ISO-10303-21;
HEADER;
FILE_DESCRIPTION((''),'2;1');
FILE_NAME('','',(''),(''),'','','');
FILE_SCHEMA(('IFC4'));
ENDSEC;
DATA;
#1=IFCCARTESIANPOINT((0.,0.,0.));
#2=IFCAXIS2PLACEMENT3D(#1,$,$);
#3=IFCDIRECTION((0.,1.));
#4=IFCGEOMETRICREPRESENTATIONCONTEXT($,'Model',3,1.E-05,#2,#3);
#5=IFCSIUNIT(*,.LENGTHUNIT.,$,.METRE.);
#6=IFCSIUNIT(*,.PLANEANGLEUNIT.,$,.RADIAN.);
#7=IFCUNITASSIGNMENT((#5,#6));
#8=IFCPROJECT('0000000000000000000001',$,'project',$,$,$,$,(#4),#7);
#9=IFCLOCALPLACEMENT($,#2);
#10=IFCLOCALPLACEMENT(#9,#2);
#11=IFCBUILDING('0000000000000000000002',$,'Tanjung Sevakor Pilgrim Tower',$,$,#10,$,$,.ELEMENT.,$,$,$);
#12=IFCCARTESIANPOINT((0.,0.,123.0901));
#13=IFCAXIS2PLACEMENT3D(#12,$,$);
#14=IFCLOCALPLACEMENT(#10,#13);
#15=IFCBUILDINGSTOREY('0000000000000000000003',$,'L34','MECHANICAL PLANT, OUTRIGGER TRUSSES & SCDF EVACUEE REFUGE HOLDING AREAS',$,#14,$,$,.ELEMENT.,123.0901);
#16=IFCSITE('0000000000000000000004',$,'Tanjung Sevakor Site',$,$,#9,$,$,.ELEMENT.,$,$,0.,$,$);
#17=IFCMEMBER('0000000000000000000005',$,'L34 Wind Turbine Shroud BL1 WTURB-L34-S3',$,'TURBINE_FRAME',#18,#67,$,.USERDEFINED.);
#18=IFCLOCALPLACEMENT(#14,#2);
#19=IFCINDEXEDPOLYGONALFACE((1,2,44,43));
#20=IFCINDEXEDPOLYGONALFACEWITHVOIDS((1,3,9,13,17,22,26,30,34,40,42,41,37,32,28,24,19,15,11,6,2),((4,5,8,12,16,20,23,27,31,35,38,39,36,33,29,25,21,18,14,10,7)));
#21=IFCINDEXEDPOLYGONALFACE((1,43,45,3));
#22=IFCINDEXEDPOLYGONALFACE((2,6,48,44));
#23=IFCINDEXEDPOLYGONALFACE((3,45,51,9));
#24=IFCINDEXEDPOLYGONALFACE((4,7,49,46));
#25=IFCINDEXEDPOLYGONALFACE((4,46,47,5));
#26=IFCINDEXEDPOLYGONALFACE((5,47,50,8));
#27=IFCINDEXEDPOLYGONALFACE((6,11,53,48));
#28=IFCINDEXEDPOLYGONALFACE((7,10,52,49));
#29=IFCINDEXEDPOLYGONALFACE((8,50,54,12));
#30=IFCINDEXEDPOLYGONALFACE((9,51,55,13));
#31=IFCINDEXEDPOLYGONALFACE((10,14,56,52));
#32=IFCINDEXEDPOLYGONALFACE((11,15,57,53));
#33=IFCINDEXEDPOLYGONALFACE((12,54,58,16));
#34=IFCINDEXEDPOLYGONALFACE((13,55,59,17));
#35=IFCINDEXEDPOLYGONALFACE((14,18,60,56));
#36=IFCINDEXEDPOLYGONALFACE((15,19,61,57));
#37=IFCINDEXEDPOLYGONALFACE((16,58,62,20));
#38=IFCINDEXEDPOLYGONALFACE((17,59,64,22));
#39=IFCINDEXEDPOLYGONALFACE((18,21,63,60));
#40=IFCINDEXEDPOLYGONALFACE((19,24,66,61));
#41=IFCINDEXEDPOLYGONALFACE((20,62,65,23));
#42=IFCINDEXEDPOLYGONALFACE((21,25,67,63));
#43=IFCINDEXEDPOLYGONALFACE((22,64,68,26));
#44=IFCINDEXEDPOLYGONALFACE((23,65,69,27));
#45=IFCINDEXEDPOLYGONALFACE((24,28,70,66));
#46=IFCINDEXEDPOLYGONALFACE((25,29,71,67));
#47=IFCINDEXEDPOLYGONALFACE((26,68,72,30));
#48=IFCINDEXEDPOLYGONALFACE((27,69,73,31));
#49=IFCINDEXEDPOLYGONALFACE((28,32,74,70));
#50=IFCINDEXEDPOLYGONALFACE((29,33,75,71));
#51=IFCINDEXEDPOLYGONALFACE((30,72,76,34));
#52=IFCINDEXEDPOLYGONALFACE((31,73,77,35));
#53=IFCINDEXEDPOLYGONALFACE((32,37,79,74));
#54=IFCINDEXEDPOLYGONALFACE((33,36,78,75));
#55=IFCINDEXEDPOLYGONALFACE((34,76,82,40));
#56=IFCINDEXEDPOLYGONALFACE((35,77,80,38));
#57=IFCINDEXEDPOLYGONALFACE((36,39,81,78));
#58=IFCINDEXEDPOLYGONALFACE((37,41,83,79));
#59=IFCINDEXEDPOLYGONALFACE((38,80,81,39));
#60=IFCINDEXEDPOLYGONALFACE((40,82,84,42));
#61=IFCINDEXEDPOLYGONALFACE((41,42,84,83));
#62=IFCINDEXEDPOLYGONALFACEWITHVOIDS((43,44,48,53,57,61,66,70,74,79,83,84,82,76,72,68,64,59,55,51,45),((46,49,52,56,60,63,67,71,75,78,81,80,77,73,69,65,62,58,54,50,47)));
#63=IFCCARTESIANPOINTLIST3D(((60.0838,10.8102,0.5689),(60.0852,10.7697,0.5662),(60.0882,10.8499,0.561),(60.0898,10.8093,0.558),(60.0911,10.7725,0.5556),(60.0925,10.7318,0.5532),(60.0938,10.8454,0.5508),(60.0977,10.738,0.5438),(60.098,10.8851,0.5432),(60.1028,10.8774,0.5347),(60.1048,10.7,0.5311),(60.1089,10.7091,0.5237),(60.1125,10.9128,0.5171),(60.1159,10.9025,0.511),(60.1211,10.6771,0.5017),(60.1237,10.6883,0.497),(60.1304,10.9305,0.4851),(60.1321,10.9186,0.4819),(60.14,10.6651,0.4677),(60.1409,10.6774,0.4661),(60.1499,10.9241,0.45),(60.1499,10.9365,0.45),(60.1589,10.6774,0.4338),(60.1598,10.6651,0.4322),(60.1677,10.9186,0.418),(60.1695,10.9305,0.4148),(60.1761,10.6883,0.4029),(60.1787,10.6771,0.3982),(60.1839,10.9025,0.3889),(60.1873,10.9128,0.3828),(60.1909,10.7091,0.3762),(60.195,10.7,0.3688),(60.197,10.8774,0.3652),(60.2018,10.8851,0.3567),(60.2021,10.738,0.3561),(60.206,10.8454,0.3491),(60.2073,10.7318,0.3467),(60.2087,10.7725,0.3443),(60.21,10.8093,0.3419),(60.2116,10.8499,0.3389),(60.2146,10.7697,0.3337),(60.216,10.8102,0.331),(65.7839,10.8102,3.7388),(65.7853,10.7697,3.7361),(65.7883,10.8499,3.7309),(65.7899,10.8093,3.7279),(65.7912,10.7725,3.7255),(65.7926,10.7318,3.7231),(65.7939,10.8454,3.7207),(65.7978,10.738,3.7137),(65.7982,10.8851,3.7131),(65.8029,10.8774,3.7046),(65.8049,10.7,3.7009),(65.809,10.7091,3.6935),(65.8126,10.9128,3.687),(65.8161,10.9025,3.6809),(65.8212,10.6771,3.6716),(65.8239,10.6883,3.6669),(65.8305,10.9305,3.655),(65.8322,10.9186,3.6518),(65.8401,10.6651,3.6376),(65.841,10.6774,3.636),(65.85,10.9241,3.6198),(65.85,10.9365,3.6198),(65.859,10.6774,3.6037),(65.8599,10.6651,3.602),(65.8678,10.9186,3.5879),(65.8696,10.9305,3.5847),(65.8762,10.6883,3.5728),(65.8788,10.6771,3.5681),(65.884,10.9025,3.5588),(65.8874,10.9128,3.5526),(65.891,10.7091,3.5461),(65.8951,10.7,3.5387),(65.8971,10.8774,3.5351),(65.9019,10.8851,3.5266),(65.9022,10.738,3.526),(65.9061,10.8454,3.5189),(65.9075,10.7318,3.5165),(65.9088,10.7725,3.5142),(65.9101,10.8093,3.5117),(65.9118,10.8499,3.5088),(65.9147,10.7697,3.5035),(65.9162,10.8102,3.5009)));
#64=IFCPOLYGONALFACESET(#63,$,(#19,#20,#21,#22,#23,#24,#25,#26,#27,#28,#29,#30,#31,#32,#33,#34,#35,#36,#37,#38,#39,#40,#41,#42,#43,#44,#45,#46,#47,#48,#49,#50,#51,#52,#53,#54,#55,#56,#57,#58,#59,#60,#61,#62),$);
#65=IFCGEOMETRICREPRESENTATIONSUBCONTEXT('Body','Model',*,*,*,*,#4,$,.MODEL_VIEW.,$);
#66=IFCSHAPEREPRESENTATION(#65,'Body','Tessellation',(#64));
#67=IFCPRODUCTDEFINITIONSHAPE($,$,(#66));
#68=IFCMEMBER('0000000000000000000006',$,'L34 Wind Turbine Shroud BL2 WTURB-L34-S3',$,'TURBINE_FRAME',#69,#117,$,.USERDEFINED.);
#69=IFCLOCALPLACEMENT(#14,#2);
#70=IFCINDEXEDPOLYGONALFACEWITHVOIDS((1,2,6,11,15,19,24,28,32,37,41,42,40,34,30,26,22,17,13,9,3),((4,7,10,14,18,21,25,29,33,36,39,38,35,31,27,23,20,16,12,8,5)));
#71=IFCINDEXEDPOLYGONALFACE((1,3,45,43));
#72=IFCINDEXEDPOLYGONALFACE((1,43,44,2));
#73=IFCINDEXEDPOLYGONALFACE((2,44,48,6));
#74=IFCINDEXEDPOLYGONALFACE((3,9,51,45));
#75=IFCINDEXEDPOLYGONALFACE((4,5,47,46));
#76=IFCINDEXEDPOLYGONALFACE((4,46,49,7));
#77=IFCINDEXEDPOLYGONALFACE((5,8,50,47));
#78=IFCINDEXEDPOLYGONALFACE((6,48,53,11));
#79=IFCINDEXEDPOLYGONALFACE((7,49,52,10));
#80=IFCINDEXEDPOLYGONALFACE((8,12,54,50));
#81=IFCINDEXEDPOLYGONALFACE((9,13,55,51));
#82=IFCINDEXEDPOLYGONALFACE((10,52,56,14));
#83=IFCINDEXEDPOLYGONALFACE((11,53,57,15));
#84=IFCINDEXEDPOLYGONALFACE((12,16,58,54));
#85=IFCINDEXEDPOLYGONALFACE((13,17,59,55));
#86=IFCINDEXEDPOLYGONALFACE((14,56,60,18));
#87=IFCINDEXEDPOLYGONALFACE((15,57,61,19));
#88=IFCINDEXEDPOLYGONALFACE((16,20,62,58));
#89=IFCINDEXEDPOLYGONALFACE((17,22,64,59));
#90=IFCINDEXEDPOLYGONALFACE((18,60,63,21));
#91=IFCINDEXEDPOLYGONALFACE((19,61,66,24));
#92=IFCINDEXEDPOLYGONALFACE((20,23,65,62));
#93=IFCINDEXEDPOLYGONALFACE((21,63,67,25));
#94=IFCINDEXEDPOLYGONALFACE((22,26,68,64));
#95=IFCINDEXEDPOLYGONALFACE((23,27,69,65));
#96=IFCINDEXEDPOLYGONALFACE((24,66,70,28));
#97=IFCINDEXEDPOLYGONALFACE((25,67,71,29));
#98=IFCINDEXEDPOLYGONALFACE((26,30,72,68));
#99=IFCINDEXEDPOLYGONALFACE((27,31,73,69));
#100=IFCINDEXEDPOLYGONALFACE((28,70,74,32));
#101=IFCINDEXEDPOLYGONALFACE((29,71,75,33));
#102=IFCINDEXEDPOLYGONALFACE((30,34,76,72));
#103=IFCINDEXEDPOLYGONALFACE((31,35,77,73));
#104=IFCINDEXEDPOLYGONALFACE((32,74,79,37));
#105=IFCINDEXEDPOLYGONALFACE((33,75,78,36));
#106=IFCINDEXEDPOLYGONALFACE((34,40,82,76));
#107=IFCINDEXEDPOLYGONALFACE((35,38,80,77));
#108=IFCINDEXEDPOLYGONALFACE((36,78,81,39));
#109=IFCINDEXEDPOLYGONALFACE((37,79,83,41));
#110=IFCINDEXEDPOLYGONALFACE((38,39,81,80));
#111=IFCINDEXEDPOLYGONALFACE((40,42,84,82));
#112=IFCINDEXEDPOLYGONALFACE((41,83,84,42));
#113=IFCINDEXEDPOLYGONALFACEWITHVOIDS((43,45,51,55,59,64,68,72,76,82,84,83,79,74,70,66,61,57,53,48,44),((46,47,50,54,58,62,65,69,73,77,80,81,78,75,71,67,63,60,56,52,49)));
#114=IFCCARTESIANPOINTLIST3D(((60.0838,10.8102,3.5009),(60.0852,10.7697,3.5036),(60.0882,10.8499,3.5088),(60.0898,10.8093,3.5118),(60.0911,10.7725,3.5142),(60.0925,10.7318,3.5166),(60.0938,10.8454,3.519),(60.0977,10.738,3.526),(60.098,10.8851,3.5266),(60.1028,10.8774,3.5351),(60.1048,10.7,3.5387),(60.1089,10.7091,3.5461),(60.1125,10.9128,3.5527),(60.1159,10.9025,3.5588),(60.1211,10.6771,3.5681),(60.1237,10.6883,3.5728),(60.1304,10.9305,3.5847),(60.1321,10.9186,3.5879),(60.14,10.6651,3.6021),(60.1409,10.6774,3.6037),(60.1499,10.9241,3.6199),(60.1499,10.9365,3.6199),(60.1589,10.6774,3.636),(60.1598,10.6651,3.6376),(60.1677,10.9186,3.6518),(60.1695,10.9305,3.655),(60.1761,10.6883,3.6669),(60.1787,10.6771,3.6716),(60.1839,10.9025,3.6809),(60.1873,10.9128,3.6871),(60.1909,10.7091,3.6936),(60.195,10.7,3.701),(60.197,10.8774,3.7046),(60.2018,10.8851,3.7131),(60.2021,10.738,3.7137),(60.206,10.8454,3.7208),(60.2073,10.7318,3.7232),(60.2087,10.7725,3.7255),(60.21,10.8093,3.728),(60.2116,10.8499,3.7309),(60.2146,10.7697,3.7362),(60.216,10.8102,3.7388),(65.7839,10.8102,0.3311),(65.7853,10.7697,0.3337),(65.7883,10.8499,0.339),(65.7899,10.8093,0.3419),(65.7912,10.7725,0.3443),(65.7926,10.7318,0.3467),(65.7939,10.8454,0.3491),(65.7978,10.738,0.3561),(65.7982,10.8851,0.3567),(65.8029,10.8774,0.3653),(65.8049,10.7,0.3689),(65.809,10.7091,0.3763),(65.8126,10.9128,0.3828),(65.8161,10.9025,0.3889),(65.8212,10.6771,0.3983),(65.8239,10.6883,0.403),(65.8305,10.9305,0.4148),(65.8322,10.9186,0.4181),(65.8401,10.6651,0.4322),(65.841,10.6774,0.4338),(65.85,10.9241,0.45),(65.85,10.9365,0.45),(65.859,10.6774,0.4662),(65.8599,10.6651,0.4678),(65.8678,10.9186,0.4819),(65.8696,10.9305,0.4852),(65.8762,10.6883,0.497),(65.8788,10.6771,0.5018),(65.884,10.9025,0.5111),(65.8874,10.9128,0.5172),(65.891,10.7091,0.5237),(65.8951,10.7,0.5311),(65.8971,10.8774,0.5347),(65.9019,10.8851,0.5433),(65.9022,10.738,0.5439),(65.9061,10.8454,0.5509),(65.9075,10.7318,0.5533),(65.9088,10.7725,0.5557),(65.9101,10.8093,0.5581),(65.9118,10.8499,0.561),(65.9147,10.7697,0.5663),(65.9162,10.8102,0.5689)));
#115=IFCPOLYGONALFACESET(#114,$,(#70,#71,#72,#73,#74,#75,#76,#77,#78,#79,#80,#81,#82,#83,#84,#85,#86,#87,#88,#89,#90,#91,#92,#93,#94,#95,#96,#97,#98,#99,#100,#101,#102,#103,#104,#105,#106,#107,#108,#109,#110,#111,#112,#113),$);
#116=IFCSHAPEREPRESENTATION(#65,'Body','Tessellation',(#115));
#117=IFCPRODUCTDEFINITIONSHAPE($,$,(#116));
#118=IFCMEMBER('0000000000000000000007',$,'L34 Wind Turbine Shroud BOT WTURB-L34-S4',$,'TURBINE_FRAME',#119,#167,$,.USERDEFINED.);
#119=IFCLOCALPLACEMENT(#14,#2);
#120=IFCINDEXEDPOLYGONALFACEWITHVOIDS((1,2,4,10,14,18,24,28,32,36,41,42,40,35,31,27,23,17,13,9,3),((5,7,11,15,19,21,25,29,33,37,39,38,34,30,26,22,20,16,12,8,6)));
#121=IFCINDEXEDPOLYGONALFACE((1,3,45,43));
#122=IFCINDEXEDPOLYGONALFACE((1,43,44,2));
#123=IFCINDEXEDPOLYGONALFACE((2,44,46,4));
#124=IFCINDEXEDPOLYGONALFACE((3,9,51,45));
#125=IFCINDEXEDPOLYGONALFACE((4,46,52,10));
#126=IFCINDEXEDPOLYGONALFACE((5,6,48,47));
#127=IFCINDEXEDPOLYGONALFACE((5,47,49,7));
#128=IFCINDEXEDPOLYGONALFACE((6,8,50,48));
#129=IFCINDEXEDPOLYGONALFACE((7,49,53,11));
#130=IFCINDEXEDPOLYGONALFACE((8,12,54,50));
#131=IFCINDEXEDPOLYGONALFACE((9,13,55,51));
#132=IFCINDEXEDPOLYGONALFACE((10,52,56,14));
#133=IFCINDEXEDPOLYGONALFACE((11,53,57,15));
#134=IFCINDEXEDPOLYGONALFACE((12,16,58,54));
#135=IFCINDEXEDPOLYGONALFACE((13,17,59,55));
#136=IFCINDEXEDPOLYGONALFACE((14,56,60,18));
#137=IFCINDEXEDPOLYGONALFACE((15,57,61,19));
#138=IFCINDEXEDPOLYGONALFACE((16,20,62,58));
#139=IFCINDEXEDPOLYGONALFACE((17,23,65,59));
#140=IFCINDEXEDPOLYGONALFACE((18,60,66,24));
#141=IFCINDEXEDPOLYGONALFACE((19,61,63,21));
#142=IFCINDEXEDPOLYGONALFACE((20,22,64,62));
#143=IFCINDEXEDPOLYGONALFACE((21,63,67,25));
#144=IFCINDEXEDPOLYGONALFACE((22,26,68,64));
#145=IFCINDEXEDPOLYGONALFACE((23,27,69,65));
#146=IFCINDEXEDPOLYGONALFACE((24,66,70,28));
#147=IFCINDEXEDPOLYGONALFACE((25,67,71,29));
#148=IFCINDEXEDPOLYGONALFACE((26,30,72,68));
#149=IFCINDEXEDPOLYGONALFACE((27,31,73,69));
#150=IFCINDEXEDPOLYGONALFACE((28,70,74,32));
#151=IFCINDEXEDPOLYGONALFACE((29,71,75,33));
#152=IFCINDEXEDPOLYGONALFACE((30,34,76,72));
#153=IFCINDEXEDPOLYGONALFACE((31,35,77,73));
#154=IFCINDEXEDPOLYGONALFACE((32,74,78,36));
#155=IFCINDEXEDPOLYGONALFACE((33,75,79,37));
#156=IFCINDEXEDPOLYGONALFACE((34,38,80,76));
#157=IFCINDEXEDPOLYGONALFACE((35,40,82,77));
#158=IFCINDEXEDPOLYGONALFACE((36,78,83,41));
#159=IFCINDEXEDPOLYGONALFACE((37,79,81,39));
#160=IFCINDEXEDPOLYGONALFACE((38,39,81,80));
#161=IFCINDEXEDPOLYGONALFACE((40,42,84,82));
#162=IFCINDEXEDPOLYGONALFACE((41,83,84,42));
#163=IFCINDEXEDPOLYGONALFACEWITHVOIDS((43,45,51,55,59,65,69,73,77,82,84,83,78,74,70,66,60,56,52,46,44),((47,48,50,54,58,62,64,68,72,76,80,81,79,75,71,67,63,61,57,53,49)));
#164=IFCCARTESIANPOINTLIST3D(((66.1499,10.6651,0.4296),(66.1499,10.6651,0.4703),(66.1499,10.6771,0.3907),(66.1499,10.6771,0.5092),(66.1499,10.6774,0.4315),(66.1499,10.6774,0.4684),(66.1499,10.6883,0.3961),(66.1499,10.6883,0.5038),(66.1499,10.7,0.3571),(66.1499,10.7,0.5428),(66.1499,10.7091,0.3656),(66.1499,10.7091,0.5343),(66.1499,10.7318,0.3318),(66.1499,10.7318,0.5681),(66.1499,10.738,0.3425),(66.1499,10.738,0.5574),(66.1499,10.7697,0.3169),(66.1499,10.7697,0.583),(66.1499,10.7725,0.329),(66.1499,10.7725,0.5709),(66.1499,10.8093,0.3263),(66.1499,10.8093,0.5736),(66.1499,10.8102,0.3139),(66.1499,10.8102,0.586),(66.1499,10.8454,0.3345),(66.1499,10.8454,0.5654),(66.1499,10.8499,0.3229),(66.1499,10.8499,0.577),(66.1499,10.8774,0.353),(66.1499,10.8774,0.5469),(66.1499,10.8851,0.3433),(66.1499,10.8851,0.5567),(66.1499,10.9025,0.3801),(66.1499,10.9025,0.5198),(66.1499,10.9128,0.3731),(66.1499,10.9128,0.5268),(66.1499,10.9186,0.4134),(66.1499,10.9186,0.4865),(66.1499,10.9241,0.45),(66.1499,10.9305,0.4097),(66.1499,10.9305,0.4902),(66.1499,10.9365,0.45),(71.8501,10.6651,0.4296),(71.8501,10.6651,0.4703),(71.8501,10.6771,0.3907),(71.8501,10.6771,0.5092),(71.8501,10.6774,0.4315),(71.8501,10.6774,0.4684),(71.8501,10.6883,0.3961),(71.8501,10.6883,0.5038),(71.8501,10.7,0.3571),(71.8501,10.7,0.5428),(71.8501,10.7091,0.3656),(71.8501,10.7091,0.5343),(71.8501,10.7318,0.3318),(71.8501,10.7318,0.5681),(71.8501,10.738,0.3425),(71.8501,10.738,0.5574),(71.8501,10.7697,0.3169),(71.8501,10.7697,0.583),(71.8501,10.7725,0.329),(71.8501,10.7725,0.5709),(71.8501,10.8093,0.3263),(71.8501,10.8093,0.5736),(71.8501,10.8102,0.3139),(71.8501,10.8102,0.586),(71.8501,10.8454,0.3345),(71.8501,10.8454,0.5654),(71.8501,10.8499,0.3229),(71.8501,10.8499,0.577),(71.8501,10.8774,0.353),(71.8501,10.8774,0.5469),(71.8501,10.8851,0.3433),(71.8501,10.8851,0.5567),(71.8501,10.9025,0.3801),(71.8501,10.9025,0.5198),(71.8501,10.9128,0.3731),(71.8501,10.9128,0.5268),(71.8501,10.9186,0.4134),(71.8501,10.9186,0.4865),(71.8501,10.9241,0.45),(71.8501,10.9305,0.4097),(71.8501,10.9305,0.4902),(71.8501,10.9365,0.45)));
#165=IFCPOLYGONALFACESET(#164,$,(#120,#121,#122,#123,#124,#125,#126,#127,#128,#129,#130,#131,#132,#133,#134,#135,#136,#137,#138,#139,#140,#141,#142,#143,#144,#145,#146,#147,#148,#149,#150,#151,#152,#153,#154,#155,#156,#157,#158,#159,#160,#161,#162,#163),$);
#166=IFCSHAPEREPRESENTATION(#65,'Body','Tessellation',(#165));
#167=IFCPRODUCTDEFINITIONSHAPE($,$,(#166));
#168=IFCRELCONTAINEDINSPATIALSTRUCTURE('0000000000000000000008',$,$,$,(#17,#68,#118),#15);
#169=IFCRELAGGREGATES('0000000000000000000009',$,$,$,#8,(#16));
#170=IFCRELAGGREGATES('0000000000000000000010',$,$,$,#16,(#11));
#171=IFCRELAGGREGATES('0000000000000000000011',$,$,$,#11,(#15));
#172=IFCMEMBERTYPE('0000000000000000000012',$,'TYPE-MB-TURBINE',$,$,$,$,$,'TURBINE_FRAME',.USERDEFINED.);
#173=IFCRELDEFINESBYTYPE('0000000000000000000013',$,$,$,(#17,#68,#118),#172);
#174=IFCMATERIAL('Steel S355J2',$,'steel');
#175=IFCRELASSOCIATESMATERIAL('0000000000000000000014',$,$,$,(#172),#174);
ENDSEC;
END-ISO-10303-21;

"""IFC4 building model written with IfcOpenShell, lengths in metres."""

from ifc_helpers import new_model, si_unit, direction, frame, origin, origin_2d, place, context, subcontext, project, spatial, hollow_circle, extrude, material, material_profile, profile_set, type_object, element, save


model = new_model("IFC4")

# Units and contexts
model_context = context("Model", 3, precision=1e-05, world=origin(), true_north=direction((0.0, 1.0)))
body_context = subcontext(model_context, "Body", "Model", "MODEL_VIEW")
ifc_project = project(units=[si_unit("LENGTHUNIT", "METRE"), si_unit("PLANEANGLEUNIT", "RADIAN")], contexts=[model_context])

# Site, building, storey
site_placement = place(None, origin())
site = spatial("IfcSite", under=ifc_project, at=site_placement, Name="Tanjung Sevakor Site", CompositionType="ELEMENT", RefElevation=0.0)
building_placement = place(site_placement, origin())
building = spatial("IfcBuilding", under=site, at=building_placement, Name="Tanjung Sevakor Pilgrim Tower", CompositionType="ELEMENT")
storey_placement = place(building_placement, frame((0.0, 0.0, 123.0901)))
storey = spatial("IfcBuildingStorey", under=building, at=storey_placement, Name="L34", Description="MECHANICAL PLANT, OUTRIGGER TRUSSES & SCDF EVACUEE REFUGE HOLDING AREAS", CompositionType="ELEMENT", Elevation=123.0901)

# Members
ifc_material_1 = material(Name="Steel S355J2", Category="steel")
ifc_material_profile_1 = material_profile(ifc_material_1, hollow_circle(Radius=0.1365, WallThickness=0.0125, at=origin_2d()))
ifc_profile_set_1 = profile_set([ifc_material_profile_1], Name="Steel S355J2")
member_type_1 = type_object("IfcMemberType", Name="TYPE-MB-TURBINE", ElementType="TURBINE_FRAME", PredefinedType="USERDEFINED", material=ifc_profile_set_1)
for number, where, z_axis, x_axis, name in (
    (1, (60.1499, 10.8, 0.45), (0.873952, 0.0, 0.486012), (0.0, 1.0, 0.0), "L34 Wind Turbine Shroud BL1 WTURB-L34-S3"),
    (2, (60.1499, 10.8, 3.6199), (0.873952, 0.0, -0.486012), (0.0, 1.0, 0.0), "L34 Wind Turbine Shroud BL2 WTURB-L34-S3"),
):
    element("IfcMember", number, at=place(storey_placement, frame(where, z_axis=z_axis, x_axis=x_axis)), inside=storey, type_object=member_type_1, Name=name, ObjectType="TURBINE_FRAME", PredefinedType="USERDEFINED", context=body_context, shape_type="SweptSolid", body=[
        extrude(hollow_circle(Radius=0.1365, WallThickness=0.0125, at=origin_2d()), origin(), (0.0, 0.0, 1.0), 6.5222),
    ])
for number, where, z_axis, x_axis, name in (
    (3, (66.1499, 10.8, 0.45), (1.0, 0.0, 0.0), (0.0, 1.0, 0.0), "L34 Wind Turbine Shroud BOT WTURB-L34-S4"),
):
    element("IfcMember", number, at=place(storey_placement, frame(where, z_axis=z_axis, x_axis=x_axis)), inside=storey, type_object=member_type_1, Name=name, ObjectType="TURBINE_FRAME", PredefinedType="USERDEFINED", context=body_context, shape_type="SweptSolid", body=[
        extrude(hollow_circle(Radius=0.1365, WallThickness=0.0125, at=origin_2d()), origin(), (0.0, 0.0, 1.0), 5.7002),
    ])

save(model, "model.ifc")
